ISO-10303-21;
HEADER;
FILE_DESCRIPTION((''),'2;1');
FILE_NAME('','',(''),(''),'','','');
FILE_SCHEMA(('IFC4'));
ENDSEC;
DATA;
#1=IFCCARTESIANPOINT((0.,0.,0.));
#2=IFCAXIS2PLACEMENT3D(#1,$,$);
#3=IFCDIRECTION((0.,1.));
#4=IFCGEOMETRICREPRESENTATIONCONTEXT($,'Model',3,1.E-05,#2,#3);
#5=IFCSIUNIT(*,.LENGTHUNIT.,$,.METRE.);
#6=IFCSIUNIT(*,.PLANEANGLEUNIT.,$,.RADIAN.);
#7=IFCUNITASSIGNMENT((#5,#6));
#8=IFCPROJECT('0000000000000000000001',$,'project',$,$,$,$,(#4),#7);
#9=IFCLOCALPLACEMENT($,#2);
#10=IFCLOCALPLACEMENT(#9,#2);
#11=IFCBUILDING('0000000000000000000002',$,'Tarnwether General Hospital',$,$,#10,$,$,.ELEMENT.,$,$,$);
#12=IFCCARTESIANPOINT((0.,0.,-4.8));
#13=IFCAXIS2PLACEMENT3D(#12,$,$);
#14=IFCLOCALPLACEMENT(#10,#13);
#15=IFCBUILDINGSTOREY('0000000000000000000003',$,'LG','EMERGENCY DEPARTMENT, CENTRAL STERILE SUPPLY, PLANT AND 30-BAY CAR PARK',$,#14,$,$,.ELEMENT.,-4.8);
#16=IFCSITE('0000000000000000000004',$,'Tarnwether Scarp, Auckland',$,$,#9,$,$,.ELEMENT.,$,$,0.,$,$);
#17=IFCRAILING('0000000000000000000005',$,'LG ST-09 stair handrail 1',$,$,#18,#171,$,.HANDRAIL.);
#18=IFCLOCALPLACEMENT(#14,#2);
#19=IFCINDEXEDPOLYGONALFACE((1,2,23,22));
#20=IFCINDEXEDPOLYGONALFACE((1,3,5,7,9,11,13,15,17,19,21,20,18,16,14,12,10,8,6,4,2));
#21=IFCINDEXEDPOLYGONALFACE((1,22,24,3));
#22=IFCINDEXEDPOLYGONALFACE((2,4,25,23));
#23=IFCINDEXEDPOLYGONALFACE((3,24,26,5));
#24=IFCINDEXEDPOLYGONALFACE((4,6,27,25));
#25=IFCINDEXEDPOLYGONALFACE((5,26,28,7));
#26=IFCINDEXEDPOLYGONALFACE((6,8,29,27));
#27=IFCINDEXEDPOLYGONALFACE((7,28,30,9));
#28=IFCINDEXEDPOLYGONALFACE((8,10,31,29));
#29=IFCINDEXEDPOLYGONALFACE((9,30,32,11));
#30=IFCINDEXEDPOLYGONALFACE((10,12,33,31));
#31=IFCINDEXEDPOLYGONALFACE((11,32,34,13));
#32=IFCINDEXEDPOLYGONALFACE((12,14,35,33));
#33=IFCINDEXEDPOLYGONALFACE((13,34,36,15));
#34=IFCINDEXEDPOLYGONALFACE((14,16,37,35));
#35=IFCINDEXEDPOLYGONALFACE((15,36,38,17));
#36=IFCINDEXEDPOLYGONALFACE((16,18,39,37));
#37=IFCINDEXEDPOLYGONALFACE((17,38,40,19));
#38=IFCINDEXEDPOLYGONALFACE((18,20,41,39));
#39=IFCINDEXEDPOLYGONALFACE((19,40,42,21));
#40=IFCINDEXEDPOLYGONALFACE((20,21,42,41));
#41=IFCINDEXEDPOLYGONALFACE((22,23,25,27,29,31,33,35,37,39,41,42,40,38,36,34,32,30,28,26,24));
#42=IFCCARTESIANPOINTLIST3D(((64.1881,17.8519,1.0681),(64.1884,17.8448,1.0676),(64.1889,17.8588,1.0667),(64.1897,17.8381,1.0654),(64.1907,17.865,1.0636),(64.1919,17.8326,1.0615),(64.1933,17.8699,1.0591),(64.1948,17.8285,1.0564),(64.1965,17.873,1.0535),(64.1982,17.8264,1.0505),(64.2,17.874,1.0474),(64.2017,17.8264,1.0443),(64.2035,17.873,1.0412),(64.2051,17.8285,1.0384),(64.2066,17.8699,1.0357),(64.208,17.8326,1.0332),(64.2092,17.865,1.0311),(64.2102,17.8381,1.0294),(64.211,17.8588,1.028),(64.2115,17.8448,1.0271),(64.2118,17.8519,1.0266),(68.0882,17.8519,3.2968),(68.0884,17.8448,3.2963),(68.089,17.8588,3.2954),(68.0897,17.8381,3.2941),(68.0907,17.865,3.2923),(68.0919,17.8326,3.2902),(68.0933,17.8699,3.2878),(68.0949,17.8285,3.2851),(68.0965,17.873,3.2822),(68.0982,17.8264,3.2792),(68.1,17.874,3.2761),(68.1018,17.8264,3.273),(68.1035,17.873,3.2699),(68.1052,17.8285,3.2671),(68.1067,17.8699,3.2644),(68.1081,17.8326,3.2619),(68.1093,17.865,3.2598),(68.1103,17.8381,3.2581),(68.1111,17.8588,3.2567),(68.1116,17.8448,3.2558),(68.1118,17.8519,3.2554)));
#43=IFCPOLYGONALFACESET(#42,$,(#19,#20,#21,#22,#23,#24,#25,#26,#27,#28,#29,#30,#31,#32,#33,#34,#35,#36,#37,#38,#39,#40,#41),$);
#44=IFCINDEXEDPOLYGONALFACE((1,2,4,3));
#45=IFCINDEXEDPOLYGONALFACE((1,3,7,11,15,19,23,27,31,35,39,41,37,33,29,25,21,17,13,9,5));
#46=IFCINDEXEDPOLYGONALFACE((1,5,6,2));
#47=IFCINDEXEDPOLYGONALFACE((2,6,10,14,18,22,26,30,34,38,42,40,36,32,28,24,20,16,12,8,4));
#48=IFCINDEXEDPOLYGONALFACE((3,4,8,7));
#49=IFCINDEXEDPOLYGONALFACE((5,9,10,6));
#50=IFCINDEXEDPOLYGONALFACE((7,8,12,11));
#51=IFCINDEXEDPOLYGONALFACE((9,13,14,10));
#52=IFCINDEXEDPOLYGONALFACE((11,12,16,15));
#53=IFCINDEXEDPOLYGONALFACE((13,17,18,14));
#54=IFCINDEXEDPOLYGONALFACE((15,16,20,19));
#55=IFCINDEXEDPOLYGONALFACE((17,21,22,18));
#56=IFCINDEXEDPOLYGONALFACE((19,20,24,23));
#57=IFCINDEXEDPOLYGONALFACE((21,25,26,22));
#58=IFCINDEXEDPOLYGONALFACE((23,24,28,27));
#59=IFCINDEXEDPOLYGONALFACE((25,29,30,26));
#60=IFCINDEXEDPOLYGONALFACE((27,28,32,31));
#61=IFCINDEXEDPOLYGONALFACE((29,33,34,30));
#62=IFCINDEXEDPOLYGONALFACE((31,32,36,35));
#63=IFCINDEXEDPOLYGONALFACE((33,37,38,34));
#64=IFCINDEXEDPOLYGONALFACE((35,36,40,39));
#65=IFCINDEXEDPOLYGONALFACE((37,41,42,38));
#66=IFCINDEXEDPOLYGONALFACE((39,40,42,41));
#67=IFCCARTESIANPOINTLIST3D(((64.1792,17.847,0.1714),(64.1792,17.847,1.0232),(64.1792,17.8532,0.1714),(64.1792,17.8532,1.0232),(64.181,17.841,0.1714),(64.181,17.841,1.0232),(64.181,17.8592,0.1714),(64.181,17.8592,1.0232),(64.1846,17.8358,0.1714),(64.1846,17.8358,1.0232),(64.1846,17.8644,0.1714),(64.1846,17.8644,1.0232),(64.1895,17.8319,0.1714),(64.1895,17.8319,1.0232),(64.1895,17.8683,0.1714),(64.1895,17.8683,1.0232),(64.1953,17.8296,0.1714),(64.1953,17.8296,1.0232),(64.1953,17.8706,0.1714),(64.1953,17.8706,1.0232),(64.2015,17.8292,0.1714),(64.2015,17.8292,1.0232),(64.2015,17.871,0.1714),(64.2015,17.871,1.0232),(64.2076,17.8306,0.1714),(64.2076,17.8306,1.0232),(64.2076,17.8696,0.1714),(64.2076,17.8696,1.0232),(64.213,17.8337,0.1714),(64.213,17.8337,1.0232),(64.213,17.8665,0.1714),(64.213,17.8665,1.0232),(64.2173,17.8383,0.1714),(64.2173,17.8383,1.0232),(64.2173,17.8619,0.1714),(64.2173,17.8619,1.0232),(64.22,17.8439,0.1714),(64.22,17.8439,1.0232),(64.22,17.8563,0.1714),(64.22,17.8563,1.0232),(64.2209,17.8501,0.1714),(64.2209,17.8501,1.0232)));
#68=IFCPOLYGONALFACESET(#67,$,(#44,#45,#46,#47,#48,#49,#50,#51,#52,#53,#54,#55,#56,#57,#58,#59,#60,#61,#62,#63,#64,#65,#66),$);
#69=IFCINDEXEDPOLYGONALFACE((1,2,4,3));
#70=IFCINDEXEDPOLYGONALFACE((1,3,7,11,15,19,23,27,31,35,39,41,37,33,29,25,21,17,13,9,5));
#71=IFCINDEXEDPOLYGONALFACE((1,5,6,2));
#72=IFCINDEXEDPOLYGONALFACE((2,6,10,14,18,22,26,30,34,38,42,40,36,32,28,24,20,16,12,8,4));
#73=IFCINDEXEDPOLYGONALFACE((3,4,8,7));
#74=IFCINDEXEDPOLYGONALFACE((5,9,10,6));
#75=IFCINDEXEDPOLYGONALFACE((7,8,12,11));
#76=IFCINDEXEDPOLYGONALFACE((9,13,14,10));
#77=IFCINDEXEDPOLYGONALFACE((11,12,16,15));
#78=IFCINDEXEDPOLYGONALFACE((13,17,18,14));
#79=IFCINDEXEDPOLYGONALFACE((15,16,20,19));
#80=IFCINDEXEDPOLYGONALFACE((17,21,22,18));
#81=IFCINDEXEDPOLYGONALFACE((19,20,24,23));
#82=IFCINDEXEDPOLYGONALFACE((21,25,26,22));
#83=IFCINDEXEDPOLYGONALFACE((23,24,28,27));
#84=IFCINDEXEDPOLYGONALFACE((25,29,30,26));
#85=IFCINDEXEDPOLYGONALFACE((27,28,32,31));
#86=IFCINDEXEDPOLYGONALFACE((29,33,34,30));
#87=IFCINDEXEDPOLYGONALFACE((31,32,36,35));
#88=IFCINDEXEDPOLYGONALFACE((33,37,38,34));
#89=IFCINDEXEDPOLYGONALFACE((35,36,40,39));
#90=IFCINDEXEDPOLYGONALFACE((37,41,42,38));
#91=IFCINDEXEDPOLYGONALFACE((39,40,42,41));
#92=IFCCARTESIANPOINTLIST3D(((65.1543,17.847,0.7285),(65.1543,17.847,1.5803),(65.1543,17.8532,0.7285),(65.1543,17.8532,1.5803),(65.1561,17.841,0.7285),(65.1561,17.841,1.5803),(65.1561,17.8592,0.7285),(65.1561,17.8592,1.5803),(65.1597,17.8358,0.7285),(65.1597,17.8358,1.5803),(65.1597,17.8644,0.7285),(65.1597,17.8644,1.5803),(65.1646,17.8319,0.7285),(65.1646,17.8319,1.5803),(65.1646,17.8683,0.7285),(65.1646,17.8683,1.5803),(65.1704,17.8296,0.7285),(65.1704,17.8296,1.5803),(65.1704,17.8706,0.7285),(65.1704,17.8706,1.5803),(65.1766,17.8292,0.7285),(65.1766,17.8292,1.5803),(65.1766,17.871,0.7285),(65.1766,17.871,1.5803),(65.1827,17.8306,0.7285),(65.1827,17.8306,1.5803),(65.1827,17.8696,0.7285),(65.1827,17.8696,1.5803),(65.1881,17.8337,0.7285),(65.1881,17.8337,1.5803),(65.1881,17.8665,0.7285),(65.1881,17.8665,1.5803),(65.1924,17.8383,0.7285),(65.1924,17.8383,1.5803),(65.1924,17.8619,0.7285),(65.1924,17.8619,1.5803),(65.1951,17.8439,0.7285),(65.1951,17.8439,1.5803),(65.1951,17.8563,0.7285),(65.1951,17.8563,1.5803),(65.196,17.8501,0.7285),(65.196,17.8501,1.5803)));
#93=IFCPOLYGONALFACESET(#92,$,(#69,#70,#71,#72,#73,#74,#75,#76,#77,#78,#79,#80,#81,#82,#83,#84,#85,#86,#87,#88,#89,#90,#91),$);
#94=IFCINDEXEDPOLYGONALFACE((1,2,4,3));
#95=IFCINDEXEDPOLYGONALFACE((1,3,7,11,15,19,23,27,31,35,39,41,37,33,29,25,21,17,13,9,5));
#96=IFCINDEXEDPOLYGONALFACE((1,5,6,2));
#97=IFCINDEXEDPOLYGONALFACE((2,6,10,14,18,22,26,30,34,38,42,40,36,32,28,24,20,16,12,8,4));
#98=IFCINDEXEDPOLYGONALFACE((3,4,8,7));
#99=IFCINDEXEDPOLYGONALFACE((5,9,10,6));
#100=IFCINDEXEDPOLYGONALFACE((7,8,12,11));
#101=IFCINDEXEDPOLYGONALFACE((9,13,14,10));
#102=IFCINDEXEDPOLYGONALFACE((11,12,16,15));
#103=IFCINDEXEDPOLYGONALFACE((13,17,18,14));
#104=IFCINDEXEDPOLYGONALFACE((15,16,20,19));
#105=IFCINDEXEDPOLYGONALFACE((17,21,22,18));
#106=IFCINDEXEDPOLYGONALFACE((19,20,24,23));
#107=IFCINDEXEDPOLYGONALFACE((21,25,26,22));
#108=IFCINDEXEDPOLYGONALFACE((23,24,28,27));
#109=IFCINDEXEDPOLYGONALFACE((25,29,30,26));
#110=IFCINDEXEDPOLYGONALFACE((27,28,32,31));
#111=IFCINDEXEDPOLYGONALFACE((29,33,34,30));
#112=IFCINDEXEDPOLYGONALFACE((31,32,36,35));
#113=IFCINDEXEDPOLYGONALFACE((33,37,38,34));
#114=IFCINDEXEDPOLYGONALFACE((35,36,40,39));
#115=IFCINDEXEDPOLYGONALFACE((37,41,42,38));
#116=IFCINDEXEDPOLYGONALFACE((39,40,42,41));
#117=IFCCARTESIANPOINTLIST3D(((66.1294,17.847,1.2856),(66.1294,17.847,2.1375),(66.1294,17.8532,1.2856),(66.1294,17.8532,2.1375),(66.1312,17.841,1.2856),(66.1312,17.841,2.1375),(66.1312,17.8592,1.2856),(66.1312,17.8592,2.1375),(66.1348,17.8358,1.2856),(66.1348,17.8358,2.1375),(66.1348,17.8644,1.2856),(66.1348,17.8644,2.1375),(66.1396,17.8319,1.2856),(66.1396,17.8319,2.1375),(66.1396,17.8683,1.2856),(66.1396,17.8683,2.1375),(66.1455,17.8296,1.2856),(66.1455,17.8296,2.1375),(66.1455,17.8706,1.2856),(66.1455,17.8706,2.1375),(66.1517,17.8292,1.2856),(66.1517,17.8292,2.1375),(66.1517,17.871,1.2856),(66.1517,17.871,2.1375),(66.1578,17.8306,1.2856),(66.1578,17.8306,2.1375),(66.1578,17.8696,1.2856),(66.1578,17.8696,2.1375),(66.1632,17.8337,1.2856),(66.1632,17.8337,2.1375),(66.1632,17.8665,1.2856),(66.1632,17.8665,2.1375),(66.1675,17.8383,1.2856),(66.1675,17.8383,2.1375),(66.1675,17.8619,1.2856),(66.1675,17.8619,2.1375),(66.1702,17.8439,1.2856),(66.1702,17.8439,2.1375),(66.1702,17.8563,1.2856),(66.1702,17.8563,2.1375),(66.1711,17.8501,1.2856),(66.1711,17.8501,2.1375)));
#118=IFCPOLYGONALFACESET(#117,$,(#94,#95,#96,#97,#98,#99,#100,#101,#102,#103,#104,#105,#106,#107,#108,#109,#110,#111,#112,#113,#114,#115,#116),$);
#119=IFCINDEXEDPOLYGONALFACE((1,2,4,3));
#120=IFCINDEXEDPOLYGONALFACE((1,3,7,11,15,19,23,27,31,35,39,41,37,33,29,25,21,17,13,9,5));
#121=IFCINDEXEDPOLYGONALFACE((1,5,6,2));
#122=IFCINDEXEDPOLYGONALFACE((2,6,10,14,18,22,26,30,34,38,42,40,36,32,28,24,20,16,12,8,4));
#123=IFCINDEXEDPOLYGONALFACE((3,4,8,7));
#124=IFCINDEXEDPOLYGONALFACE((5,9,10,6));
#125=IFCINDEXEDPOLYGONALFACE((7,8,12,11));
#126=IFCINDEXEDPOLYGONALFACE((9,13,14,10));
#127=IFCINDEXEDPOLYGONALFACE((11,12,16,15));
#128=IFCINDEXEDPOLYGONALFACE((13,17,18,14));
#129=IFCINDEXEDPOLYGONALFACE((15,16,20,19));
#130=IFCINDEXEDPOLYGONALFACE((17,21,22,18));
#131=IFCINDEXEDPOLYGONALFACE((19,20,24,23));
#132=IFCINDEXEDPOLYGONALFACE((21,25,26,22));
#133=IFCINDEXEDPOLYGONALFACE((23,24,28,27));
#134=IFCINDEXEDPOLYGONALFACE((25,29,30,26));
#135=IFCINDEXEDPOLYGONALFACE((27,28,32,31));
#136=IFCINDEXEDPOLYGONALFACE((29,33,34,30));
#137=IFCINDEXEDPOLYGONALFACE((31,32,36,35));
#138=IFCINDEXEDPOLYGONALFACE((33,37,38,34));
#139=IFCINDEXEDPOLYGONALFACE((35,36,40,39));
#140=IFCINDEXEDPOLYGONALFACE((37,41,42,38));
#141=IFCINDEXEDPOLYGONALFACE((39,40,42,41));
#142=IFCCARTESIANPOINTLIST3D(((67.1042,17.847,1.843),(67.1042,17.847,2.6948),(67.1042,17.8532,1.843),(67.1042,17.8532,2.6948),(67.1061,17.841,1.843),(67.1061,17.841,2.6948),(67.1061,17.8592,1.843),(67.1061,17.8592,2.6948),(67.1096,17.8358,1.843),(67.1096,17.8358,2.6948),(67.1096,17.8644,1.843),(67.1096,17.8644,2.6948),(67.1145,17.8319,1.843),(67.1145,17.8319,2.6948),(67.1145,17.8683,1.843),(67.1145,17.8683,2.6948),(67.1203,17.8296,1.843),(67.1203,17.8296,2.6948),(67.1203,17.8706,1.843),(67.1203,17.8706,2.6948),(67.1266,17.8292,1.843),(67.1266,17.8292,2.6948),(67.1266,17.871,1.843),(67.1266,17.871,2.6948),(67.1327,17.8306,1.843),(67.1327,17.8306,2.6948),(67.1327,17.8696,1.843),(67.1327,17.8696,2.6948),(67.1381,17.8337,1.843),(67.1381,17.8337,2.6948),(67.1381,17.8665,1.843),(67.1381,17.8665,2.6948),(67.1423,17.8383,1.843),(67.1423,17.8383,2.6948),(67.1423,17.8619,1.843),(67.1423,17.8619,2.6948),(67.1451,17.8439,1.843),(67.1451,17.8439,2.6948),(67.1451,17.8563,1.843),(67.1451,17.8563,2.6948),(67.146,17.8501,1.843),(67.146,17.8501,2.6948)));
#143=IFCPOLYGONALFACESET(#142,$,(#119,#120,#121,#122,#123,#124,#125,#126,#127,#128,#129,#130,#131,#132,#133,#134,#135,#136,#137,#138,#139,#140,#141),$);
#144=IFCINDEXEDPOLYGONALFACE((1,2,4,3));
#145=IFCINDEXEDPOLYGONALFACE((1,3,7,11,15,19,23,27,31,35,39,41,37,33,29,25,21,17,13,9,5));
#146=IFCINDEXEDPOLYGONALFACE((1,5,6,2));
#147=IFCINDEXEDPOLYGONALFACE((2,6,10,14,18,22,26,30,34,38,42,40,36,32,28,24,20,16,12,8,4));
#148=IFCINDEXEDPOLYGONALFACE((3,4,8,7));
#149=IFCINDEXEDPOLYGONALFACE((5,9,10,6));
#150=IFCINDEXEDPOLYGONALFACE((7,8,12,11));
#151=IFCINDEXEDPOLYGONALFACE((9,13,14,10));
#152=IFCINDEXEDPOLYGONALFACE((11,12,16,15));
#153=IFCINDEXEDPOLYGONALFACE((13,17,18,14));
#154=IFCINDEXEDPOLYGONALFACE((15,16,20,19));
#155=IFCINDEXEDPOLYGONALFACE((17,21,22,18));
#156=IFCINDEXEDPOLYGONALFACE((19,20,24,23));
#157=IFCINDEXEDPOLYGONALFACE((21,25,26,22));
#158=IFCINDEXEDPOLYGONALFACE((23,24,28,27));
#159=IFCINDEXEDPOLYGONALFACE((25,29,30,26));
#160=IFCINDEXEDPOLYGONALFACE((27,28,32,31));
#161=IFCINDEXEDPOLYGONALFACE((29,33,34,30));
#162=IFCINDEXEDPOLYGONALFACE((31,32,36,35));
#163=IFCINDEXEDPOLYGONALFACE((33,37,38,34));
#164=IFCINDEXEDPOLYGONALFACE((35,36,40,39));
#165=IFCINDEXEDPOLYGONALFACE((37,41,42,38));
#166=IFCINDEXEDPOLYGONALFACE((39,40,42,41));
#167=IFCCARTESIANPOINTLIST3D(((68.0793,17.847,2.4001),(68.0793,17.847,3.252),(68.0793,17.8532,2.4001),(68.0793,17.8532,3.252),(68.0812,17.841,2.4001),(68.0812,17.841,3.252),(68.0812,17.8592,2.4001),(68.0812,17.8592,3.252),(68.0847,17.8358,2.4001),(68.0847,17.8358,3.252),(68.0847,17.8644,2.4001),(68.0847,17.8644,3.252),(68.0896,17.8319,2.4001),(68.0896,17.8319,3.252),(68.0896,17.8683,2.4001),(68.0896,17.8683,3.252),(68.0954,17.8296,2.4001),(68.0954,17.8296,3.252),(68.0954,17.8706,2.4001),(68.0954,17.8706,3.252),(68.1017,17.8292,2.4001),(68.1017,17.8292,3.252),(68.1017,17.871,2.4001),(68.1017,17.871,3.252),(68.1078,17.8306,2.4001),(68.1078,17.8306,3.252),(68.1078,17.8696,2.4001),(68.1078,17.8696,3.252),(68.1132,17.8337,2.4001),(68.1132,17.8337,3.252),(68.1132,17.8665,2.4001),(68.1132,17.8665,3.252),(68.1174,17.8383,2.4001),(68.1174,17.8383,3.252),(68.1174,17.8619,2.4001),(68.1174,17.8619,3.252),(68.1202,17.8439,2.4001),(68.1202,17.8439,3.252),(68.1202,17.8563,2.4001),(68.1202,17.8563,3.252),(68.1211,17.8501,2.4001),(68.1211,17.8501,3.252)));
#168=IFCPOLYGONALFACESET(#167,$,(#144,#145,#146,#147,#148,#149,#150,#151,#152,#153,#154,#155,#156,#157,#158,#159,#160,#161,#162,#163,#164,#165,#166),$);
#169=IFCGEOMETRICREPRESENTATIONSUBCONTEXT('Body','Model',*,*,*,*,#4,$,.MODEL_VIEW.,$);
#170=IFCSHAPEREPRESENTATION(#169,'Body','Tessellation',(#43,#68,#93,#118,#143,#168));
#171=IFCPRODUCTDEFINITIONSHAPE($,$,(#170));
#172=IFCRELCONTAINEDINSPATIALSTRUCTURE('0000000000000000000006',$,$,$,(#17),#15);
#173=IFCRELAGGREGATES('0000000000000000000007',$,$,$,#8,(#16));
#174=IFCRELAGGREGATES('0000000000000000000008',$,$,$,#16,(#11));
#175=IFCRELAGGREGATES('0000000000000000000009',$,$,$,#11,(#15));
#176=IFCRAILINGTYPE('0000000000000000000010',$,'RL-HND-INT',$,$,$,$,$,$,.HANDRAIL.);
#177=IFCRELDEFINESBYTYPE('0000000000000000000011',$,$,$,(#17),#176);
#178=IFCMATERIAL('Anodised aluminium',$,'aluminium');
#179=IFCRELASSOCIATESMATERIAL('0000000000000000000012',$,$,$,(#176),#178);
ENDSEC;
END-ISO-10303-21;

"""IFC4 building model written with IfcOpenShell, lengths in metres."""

from ifc_helpers import new_model, si_unit, direction, frame, origin, origin_2d, place, context, subcontext, project, spatial, circle, extrude, material, type_object, element, save


model = new_model("IFC4")

# Units and contexts
model_context = context("Model", 3, precision=1e-05, world=origin(), true_north=direction((0.0, 1.0)))
body_context = subcontext(model_context, "Body", "Model", "MODEL_VIEW")
ifc_project = project(units=[si_unit("LENGTHUNIT", "METRE"), si_unit("PLANEANGLEUNIT", "RADIAN")], contexts=[model_context])

# Site, building, storey
site_placement = place(None, origin())
site = spatial("IfcSite", under=ifc_project, at=site_placement, Name="Tarnwether Scarp, Auckland", CompositionType="ELEMENT", RefElevation=0.0)
building_placement = place(site_placement, origin())
building = spatial("IfcBuilding", under=site, at=building_placement, Name="Tarnwether General Hospital", CompositionType="ELEMENT")
storey_placement = place(building_placement, frame((0.0, 0.0, -4.8)))
storey = spatial("IfcBuildingStorey", under=building, at=storey_placement, Name="LG", Description="EMERGENCY DEPARTMENT, CENTRAL STERILE SUPPLY, PLANT AND 30-BAY CAR PARK", CompositionType="ELEMENT", Elevation=-4.8)

# Railing
ifc_material_1 = material(Name="Anodised aluminium", Category="aluminium")
railing_type_1 = type_object("IfcRailingType", Name="RL-HND-INT", PredefinedType="HANDRAIL", material=ifc_material_1)
railing_1_placement = place(storey_placement, frame((64.2, 17.8501, 0.1714)))
element("IfcRailing", 1, at=railing_1_placement, inside=storey, type_object=railing_type_1, Name="LG ST-09 stair handrail 1", PredefinedType="HANDRAIL", context=body_context, shape_type="SweptSolid", body=[
    extrude(circle(Radius=0.0239, at=origin_2d()), frame((0.0, 0.0, 0.876), z_axis=(0.868233, 0.0, 0.496156), x_axis=(0.0, 1.0, 0.0)), (0.0, 0.0, 1.0), 4.4919),
    extrude(circle(Radius=0.021, at=origin_2d()), origin(), (0.0, 0.0, 1.0), 0.8518),
    extrude(circle(Radius=0.021, at=origin_2d()), frame((0.9751, 0.0, 0.5571)), (0.0, 0.0, 1.0), 0.8518),
    extrude(circle(Radius=0.021, at=origin_2d()), frame((1.9502, 0.0, 1.1143)), (0.0, 0.0, 1.0), 0.8518),
    extrude(circle(Radius=0.021, at=origin_2d()), frame((2.925, 0.0, 1.6716)), (0.0, 0.0, 1.0), 0.8518),
    extrude(circle(Radius=0.021, at=origin_2d()), frame((3.9001, 0.0, 2.2288)), (0.0, 0.0, 1.0), 0.8518),
])

save(model, "model.ifc")
